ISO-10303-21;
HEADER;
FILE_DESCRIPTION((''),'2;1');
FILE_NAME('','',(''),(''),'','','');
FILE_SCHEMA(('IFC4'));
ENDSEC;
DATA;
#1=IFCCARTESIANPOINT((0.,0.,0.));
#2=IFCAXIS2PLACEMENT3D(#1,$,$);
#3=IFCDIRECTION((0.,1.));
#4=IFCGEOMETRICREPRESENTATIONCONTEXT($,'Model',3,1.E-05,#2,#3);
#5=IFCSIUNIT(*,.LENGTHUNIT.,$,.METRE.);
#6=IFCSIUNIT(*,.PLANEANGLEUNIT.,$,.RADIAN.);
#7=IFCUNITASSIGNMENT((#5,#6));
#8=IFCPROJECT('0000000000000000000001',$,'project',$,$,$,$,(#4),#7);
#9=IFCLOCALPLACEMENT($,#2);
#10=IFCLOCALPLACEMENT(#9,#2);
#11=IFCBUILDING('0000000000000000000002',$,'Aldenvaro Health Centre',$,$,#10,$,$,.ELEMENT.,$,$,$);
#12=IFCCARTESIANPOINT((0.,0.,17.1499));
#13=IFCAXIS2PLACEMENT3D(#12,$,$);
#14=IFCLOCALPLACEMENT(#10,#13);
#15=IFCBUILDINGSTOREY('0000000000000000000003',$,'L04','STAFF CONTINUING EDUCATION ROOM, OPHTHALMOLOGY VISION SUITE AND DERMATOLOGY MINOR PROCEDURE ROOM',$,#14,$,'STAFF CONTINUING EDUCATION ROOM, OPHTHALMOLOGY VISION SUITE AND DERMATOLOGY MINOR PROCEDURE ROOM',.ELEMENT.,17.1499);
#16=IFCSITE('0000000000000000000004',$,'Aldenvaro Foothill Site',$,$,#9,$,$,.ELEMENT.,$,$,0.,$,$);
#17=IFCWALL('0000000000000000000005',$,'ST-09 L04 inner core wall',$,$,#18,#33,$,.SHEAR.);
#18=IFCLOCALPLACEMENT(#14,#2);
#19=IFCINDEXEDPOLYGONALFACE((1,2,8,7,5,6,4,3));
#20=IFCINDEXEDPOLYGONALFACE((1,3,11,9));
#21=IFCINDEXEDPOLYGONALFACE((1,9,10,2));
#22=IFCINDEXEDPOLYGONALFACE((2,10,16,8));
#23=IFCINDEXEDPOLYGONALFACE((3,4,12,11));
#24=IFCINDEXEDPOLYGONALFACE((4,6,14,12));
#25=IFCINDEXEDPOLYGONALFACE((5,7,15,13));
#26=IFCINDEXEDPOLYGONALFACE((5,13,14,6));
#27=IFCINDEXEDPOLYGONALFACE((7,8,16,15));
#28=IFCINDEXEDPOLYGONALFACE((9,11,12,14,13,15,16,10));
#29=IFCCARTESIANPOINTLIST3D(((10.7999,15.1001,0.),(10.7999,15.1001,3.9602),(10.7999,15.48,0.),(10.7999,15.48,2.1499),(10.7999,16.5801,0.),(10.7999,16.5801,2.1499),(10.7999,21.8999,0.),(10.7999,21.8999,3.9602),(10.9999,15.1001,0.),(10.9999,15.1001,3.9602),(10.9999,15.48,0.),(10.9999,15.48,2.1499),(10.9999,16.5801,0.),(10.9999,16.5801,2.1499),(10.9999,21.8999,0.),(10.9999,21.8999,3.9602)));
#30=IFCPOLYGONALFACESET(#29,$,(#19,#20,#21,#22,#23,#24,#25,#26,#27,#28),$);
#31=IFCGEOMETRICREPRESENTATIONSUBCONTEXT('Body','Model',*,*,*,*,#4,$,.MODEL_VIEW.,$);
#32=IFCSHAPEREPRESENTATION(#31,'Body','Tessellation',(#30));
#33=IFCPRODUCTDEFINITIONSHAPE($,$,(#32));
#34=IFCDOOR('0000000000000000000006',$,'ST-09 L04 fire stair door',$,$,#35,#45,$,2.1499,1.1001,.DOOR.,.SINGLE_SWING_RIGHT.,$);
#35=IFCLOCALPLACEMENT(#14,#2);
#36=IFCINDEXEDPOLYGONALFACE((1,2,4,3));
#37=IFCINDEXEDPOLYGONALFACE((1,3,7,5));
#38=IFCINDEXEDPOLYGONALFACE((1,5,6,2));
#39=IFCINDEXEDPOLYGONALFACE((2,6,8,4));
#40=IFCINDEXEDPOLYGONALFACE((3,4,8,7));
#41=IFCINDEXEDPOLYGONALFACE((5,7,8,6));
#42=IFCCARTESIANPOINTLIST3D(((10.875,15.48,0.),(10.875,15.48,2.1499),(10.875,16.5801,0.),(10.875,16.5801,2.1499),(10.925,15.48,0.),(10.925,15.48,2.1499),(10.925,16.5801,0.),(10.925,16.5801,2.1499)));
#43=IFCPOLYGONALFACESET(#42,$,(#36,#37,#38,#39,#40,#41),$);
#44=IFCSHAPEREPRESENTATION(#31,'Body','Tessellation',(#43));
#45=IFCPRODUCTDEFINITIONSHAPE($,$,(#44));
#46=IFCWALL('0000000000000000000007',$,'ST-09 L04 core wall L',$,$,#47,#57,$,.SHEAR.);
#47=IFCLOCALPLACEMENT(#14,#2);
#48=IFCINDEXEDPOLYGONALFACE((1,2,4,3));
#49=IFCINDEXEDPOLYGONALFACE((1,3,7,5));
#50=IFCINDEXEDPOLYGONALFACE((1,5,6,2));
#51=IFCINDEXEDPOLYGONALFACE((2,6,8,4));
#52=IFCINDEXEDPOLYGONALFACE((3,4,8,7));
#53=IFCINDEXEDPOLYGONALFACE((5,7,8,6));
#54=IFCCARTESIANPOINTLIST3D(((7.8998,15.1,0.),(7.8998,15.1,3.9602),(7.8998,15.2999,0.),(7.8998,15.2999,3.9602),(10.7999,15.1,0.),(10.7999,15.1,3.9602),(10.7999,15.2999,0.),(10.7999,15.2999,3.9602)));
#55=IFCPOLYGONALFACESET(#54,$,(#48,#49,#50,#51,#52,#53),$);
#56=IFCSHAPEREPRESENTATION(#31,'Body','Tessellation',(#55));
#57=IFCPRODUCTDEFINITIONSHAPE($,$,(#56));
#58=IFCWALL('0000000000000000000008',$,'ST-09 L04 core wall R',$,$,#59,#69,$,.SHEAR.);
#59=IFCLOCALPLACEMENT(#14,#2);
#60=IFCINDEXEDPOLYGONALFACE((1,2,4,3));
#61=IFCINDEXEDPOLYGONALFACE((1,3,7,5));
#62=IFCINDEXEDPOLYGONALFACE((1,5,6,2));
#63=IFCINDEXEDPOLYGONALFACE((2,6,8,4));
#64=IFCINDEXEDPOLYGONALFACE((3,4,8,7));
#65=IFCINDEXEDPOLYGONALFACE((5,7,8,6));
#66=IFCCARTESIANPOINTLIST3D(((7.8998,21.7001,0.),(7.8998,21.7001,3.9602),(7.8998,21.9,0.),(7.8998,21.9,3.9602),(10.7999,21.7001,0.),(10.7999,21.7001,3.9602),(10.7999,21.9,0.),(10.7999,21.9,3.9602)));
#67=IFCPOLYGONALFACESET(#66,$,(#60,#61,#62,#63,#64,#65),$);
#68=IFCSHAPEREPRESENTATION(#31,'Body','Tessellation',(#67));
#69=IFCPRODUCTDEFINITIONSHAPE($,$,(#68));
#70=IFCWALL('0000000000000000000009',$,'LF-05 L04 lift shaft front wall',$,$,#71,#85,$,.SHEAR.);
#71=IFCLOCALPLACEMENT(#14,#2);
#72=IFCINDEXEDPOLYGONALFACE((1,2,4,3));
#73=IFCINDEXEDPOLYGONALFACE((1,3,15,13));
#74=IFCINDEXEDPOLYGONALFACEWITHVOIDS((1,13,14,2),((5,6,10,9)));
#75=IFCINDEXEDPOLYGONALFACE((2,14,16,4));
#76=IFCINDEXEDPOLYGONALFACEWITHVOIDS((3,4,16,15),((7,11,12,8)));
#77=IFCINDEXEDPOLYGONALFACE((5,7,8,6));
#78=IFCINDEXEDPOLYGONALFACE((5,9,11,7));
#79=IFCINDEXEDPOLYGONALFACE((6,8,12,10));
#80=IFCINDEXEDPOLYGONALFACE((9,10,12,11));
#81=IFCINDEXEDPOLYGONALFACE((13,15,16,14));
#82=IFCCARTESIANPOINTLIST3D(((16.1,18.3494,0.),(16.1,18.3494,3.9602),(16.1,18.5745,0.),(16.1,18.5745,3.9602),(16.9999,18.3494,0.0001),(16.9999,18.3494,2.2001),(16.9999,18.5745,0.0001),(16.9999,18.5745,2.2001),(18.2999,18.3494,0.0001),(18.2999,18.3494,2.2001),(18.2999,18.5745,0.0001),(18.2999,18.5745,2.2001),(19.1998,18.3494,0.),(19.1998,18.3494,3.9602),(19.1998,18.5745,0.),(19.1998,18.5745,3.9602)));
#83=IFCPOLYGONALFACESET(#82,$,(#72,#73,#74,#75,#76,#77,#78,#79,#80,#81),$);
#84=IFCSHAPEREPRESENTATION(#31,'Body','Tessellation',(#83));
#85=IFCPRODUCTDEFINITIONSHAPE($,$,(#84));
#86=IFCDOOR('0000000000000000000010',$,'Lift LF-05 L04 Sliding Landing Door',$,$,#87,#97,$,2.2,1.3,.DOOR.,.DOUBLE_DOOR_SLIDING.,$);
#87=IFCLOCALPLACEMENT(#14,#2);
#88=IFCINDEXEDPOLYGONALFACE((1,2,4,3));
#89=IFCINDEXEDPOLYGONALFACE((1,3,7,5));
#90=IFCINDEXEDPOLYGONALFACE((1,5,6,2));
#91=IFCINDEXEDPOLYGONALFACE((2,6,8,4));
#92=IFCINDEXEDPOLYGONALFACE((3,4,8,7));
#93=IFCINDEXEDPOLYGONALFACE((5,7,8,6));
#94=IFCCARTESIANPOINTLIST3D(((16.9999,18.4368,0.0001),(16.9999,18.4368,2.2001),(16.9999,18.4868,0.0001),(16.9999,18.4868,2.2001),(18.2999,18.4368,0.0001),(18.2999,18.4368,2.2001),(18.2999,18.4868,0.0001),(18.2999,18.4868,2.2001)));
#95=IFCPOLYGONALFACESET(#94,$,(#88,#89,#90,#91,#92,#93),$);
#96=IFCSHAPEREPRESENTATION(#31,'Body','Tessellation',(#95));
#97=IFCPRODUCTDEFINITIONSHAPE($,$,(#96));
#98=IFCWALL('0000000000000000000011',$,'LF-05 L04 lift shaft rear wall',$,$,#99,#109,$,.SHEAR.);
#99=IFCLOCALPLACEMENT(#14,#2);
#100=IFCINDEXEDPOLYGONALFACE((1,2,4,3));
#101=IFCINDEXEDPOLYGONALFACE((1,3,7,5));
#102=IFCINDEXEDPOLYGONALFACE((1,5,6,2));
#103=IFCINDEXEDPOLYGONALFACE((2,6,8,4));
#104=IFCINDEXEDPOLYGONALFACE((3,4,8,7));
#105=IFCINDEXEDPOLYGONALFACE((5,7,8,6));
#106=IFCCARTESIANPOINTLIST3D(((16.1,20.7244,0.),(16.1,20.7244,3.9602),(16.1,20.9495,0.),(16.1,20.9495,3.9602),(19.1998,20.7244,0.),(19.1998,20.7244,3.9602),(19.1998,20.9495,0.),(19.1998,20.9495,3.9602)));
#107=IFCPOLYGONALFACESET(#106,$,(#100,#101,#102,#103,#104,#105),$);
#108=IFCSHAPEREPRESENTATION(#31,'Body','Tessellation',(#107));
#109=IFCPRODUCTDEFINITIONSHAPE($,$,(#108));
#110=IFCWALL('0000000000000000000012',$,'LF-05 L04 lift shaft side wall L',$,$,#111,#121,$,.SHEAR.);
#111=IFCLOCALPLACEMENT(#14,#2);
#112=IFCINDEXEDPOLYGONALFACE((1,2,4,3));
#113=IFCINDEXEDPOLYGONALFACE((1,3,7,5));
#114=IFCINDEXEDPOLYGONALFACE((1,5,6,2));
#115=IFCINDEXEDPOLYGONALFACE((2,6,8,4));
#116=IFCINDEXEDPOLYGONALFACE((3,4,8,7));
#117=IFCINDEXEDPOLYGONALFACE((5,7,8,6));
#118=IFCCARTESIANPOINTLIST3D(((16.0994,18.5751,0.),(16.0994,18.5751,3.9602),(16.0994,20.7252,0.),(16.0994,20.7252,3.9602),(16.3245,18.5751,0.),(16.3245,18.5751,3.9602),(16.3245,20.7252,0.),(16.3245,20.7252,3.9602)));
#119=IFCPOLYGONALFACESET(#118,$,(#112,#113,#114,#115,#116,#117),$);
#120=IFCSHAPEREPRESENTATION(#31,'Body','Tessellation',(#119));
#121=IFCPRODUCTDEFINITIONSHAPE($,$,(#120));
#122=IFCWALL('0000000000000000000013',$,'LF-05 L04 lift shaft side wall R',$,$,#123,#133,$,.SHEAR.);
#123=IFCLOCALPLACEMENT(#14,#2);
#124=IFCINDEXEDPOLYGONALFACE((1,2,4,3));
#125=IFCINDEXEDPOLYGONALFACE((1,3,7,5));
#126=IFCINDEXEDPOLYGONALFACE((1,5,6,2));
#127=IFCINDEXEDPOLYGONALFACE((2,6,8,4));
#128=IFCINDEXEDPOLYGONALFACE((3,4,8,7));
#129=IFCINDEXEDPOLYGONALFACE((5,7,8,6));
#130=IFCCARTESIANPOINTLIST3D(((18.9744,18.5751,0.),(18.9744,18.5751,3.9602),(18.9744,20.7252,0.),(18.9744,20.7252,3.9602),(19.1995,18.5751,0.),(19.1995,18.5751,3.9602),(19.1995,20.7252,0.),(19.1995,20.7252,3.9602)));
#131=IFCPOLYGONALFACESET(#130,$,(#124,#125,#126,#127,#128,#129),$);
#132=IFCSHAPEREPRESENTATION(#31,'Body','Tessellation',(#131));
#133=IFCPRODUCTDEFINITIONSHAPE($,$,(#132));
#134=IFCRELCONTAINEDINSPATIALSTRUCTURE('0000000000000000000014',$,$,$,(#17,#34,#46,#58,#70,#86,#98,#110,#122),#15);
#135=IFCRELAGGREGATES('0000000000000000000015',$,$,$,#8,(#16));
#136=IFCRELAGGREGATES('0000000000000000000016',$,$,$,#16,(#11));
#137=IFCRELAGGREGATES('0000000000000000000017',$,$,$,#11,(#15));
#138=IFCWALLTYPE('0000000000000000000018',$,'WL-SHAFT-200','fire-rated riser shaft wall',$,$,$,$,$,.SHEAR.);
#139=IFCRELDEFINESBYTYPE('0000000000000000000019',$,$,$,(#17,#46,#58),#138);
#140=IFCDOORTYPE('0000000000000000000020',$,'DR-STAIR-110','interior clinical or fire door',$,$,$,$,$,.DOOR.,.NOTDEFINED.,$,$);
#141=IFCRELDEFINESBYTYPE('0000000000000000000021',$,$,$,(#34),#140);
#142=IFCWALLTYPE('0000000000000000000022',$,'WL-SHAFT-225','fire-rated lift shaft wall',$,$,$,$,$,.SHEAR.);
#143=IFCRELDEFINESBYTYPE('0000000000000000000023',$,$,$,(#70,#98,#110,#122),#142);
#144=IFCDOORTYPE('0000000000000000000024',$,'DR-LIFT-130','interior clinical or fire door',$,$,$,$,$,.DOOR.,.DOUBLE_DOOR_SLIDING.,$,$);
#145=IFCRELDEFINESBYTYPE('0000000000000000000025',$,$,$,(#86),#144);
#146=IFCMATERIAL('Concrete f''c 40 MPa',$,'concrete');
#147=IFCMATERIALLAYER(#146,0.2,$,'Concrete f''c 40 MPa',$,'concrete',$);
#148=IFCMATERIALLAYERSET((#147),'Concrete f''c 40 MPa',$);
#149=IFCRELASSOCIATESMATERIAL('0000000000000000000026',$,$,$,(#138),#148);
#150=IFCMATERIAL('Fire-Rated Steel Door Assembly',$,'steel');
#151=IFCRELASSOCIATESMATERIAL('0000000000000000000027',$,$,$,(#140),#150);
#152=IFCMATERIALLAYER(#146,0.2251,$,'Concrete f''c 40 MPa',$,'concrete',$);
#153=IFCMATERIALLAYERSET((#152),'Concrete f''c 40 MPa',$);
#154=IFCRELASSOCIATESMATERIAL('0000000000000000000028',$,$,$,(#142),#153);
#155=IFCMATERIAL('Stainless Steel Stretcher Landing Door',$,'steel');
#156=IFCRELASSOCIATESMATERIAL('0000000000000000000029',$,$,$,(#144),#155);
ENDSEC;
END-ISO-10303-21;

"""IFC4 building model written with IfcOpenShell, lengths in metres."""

from ifc_helpers import new_model, si_unit, direction, frame, frame_2d, origin, place, context, subcontext, project, spatial, rectangle, extrude, material, layer, layer_set, type_object, element, fill, save


model = new_model("IFC4")

# Units and contexts
model_context = context("Model", 3, precision=1e-05, world=origin(), true_north=direction((0.0, 1.0)))
body_context = subcontext(model_context, "Body", "Model", "MODEL_VIEW")
ifc_project = project(units=[si_unit("LENGTHUNIT", "METRE"), si_unit("PLANEANGLEUNIT", "RADIAN")], contexts=[model_context])

# Site, building, storey
site_placement = place(None, origin())
site = spatial("IfcSite", under=ifc_project, at=site_placement, Name="Aldenvaro Foothill Site", CompositionType="ELEMENT", RefElevation=0.0)
building_placement = place(site_placement, origin())
building = spatial("IfcBuilding", under=site, at=building_placement, Name="Aldenvaro Health Centre", CompositionType="ELEMENT")
storey_placement = place(building_placement, frame((0.0, 0.0, 17.1499)))
storey = spatial("IfcBuildingStorey", under=building, at=storey_placement, Name="L04", Description="STAFF CONTINUING EDUCATION ROOM, OPHTHALMOLOGY VISION SUITE AND DERMATOLOGY MINOR PROCEDURE ROOM", LongName="STAFF CONTINUING EDUCATION ROOM, OPHTHALMOLOGY VISION SUITE AND DERMATOLOGY MINOR PROCEDURE ROOM", CompositionType="ELEMENT", Elevation=17.1499)

# Wall, opening, door
ifc_material_1 = material(Name="Concrete f'c 40 MPa", Category="concrete")
ifc_layer_1 = layer(ifc_material_1, 0.2, Name="Concrete f'c 40 MPa", Category="concrete")
ifc_layer_set_1 = layer_set([ifc_layer_1], Name="Concrete f'c 40 MPa")
wall_type_1 = type_object("IfcWallType", Name="WL-SHAFT-200", Description="fire-rated riser shaft wall", PredefinedType="SHEAR", material=ifc_layer_set_1)
wall_1_placement = place(storey_placement, frame((10.8999, 15.1001, 0.0), z_axis=(0.0, 0.0, 1.0), x_axis=(0.0, 1.0, 0.0)))
wall_1 = element("IfcWall", 1, at=wall_1_placement, inside=storey, type_object=wall_type_1, Name="ST-09 L04 inner core wall", PredefinedType="SHEAR", context=body_context, shape_type="SweptSolid", body=[
    extrude(rectangle(XDim=6.7998, YDim=0.2, at=frame_2d((3.3999, 0.0))), origin(), (0.0, 0.0, 1.0), 3.9602),
])
opening_1_placement = place(wall_1_placement, frame((0.3799, 0.0, 0.0)))
opening_1 = element("IfcOpeningElement", 2, at=opening_1_placement, cuts=wall_1, PredefinedType="OPENING", context=body_context, shape_type="SweptSolid", body=[
    extrude(rectangle(XDim=1.1001, YDim=2.1499, at=frame_2d((0.55, 1.075))), frame((0.0, 0.1099, 0.0), z_axis=(0.0, -1.0, 0.0), x_axis=(1.0, 0.0, 0.0)), (0.0, 0.0, 1.0), 0.22),
])
ifc_material_2 = material(Name="Fire-Rated Steel Door Assembly", Category="steel")
door_type_1 = type_object("IfcDoorType", Name="DR-STAIR-110", Description="interior clinical or fire door", OperationType="NOTDEFINED", PredefinedType="DOOR", material=ifc_material_2)
door_1_placement = place(opening_1_placement, origin())
door_1 = element("IfcDoor", 3, at=door_1_placement, inside=storey, type_object=door_type_1, Name="ST-09 L04 fire stair door", OperationType="SINGLE_SWING_RIGHT", OverallHeight=2.1499, OverallWidth=1.1001, PredefinedType="DOOR", context=body_context, shape_type="SweptSolid", body=[
    extrude(rectangle(XDim=1.1001, YDim=2.1499, at=frame_2d((0.55, 1.075))), frame((0.0, 0.0249, 0.0), z_axis=(0.0, -1.0, 0.0), x_axis=(1.0, 0.0, 0.0)), (0.0, 0.0, 1.0), 0.05),
])
fill(opening_1, door_1)

# Walls
for number, where, z_axis, x_axis, name in (
    (4, (10.8, 15.2, 0.0), (0.0, 0.0, 1.0), (-1.0, 0.0, 0.0), "ST-09 L04 core wall L"),
    (5, (10.8, 21.8, 0.0), (0.0, 0.0, 1.0), (-1.0, 0.0, 0.0), "ST-09 L04 core wall R"),
):
    element("IfcWall", number, at=place(storey_placement, frame(where, z_axis=z_axis, x_axis=x_axis)), inside=storey, type_object=wall_type_1, Name=name, PredefinedType="SHEAR", context=body_context, shape_type="SweptSolid", body=[
        extrude(rectangle(XDim=2.9001, YDim=0.2, at=frame_2d((1.4502, 0.0))), origin(), (0.0, 0.0, 1.0), 3.9602),
    ])

# Wall, opening, door
ifc_layer_2 = layer(ifc_material_1, 0.2251, Name="Concrete f'c 40 MPa", Category="concrete")
ifc_layer_set_2 = layer_set([ifc_layer_2], Name="Concrete f'c 40 MPa")
wall_type_2 = type_object("IfcWallType", Name="WL-SHAFT-225", Description="fire-rated lift shaft wall", PredefinedType="SHEAR", material=ifc_layer_set_2)
wall_2_placement = place(storey_placement, frame((16.1001, 18.4619, 0.0), z_axis=(0.0, 0.0, 1.0), x_axis=(1.0, 0.0, 0.0)))
wall_2 = element("IfcWall", 6, at=wall_2_placement, inside=storey, type_object=wall_type_2, Name="LF-05 L04 lift shaft front wall", PredefinedType="SHEAR", context=body_context, shape_type="SweptSolid", body=[
    extrude(rectangle(XDim=3.0999, YDim=0.2251, at=frame_2d((1.5498, 0.0))), origin(), (0.0, 0.0, 1.0), 3.9602),
])
opening_2_placement = place(wall_2_placement, frame((0.8999, 0.0, 0.0)))
opening_2 = element("IfcOpeningElement", 7, at=opening_2_placement, cuts=wall_2, PredefinedType="OPENING", context=body_context, shape_type="SweptSolid", body=[
    extrude(rectangle(XDim=1.3, YDim=2.2, at=frame_2d((0.6499, 1.1001))), frame((0.0, 0.1226, 0.0), z_axis=(0.0, -1.0, 0.0), x_axis=(1.0, 0.0, 0.0)), (0.0, 0.0, 1.0), 0.2451),
])
ifc_material_3 = material(Name="Stainless Steel Stretcher Landing Door", Category="steel")
door_type_2 = type_object("IfcDoorType", Name="DR-LIFT-130", Description="interior clinical or fire door", OperationType="DOUBLE_DOOR_SLIDING", PredefinedType="DOOR", material=ifc_material_3)
door_2_placement = place(opening_2_placement, origin())
door_2 = element("IfcDoor", 8, at=door_2_placement, inside=storey, type_object=door_type_2, Name="Lift LF-05 L04 Sliding Landing Door", OperationType="DOUBLE_DOOR_SLIDING", OverallHeight=2.2, OverallWidth=1.3, PredefinedType="DOOR", context=body_context, shape_type="SweptSolid", body=[
    extrude(rectangle(XDim=1.3, YDim=2.2, at=frame_2d((0.6499, 1.1001))), frame((0.0, 0.0249, 0.0), z_axis=(0.0, -1.0, 0.0), x_axis=(1.0, 0.0, 0.0)), (0.0, 0.0, 1.0), 0.05),
])
fill(opening_2, door_2)

# Walls
wall_3_placement = place(storey_placement, frame((16.1001, 20.8369, 0.0), z_axis=(0.0, 0.0, 1.0), x_axis=(1.0, 0.0, 0.0)))
element("IfcWall", 9, at=wall_3_placement, inside=storey, type_object=wall_type_2, Name="LF-05 L04 lift shaft rear wall", PredefinedType="SHEAR", context=body_context, shape_type="SweptSolid", body=[
    extrude(rectangle(XDim=3.0999, YDim=0.2251, at=frame_2d((1.5498, 0.0))), origin(), (0.0, 0.0, 1.0), 3.9602),
])
for number, where, z_axis, x_axis, name in (
    (10, (16.2119, 18.575, 0.0), (0.0, 0.0, 1.0), (0.0, 1.0, 0.0), "LF-05 L04 lift shaft side wall L"),
    (11, (19.0869, 18.575, 0.0), (0.0, 0.0, 1.0), (0.0, 1.0, 0.0), "LF-05 L04 lift shaft side wall R"),
):
    element("IfcWall", number, at=place(storey_placement, frame(where, z_axis=z_axis, x_axis=x_axis)), inside=storey, type_object=wall_type_2, Name=name, PredefinedType="SHEAR", context=body_context, shape_type="SweptSolid", body=[
        extrude(rectangle(XDim=2.1501, YDim=0.2251, at=frame_2d((1.0752, 0.0))), origin(), (0.0, 0.0, 1.0), 3.9602),
    ])

save(model, "model.ifc")
